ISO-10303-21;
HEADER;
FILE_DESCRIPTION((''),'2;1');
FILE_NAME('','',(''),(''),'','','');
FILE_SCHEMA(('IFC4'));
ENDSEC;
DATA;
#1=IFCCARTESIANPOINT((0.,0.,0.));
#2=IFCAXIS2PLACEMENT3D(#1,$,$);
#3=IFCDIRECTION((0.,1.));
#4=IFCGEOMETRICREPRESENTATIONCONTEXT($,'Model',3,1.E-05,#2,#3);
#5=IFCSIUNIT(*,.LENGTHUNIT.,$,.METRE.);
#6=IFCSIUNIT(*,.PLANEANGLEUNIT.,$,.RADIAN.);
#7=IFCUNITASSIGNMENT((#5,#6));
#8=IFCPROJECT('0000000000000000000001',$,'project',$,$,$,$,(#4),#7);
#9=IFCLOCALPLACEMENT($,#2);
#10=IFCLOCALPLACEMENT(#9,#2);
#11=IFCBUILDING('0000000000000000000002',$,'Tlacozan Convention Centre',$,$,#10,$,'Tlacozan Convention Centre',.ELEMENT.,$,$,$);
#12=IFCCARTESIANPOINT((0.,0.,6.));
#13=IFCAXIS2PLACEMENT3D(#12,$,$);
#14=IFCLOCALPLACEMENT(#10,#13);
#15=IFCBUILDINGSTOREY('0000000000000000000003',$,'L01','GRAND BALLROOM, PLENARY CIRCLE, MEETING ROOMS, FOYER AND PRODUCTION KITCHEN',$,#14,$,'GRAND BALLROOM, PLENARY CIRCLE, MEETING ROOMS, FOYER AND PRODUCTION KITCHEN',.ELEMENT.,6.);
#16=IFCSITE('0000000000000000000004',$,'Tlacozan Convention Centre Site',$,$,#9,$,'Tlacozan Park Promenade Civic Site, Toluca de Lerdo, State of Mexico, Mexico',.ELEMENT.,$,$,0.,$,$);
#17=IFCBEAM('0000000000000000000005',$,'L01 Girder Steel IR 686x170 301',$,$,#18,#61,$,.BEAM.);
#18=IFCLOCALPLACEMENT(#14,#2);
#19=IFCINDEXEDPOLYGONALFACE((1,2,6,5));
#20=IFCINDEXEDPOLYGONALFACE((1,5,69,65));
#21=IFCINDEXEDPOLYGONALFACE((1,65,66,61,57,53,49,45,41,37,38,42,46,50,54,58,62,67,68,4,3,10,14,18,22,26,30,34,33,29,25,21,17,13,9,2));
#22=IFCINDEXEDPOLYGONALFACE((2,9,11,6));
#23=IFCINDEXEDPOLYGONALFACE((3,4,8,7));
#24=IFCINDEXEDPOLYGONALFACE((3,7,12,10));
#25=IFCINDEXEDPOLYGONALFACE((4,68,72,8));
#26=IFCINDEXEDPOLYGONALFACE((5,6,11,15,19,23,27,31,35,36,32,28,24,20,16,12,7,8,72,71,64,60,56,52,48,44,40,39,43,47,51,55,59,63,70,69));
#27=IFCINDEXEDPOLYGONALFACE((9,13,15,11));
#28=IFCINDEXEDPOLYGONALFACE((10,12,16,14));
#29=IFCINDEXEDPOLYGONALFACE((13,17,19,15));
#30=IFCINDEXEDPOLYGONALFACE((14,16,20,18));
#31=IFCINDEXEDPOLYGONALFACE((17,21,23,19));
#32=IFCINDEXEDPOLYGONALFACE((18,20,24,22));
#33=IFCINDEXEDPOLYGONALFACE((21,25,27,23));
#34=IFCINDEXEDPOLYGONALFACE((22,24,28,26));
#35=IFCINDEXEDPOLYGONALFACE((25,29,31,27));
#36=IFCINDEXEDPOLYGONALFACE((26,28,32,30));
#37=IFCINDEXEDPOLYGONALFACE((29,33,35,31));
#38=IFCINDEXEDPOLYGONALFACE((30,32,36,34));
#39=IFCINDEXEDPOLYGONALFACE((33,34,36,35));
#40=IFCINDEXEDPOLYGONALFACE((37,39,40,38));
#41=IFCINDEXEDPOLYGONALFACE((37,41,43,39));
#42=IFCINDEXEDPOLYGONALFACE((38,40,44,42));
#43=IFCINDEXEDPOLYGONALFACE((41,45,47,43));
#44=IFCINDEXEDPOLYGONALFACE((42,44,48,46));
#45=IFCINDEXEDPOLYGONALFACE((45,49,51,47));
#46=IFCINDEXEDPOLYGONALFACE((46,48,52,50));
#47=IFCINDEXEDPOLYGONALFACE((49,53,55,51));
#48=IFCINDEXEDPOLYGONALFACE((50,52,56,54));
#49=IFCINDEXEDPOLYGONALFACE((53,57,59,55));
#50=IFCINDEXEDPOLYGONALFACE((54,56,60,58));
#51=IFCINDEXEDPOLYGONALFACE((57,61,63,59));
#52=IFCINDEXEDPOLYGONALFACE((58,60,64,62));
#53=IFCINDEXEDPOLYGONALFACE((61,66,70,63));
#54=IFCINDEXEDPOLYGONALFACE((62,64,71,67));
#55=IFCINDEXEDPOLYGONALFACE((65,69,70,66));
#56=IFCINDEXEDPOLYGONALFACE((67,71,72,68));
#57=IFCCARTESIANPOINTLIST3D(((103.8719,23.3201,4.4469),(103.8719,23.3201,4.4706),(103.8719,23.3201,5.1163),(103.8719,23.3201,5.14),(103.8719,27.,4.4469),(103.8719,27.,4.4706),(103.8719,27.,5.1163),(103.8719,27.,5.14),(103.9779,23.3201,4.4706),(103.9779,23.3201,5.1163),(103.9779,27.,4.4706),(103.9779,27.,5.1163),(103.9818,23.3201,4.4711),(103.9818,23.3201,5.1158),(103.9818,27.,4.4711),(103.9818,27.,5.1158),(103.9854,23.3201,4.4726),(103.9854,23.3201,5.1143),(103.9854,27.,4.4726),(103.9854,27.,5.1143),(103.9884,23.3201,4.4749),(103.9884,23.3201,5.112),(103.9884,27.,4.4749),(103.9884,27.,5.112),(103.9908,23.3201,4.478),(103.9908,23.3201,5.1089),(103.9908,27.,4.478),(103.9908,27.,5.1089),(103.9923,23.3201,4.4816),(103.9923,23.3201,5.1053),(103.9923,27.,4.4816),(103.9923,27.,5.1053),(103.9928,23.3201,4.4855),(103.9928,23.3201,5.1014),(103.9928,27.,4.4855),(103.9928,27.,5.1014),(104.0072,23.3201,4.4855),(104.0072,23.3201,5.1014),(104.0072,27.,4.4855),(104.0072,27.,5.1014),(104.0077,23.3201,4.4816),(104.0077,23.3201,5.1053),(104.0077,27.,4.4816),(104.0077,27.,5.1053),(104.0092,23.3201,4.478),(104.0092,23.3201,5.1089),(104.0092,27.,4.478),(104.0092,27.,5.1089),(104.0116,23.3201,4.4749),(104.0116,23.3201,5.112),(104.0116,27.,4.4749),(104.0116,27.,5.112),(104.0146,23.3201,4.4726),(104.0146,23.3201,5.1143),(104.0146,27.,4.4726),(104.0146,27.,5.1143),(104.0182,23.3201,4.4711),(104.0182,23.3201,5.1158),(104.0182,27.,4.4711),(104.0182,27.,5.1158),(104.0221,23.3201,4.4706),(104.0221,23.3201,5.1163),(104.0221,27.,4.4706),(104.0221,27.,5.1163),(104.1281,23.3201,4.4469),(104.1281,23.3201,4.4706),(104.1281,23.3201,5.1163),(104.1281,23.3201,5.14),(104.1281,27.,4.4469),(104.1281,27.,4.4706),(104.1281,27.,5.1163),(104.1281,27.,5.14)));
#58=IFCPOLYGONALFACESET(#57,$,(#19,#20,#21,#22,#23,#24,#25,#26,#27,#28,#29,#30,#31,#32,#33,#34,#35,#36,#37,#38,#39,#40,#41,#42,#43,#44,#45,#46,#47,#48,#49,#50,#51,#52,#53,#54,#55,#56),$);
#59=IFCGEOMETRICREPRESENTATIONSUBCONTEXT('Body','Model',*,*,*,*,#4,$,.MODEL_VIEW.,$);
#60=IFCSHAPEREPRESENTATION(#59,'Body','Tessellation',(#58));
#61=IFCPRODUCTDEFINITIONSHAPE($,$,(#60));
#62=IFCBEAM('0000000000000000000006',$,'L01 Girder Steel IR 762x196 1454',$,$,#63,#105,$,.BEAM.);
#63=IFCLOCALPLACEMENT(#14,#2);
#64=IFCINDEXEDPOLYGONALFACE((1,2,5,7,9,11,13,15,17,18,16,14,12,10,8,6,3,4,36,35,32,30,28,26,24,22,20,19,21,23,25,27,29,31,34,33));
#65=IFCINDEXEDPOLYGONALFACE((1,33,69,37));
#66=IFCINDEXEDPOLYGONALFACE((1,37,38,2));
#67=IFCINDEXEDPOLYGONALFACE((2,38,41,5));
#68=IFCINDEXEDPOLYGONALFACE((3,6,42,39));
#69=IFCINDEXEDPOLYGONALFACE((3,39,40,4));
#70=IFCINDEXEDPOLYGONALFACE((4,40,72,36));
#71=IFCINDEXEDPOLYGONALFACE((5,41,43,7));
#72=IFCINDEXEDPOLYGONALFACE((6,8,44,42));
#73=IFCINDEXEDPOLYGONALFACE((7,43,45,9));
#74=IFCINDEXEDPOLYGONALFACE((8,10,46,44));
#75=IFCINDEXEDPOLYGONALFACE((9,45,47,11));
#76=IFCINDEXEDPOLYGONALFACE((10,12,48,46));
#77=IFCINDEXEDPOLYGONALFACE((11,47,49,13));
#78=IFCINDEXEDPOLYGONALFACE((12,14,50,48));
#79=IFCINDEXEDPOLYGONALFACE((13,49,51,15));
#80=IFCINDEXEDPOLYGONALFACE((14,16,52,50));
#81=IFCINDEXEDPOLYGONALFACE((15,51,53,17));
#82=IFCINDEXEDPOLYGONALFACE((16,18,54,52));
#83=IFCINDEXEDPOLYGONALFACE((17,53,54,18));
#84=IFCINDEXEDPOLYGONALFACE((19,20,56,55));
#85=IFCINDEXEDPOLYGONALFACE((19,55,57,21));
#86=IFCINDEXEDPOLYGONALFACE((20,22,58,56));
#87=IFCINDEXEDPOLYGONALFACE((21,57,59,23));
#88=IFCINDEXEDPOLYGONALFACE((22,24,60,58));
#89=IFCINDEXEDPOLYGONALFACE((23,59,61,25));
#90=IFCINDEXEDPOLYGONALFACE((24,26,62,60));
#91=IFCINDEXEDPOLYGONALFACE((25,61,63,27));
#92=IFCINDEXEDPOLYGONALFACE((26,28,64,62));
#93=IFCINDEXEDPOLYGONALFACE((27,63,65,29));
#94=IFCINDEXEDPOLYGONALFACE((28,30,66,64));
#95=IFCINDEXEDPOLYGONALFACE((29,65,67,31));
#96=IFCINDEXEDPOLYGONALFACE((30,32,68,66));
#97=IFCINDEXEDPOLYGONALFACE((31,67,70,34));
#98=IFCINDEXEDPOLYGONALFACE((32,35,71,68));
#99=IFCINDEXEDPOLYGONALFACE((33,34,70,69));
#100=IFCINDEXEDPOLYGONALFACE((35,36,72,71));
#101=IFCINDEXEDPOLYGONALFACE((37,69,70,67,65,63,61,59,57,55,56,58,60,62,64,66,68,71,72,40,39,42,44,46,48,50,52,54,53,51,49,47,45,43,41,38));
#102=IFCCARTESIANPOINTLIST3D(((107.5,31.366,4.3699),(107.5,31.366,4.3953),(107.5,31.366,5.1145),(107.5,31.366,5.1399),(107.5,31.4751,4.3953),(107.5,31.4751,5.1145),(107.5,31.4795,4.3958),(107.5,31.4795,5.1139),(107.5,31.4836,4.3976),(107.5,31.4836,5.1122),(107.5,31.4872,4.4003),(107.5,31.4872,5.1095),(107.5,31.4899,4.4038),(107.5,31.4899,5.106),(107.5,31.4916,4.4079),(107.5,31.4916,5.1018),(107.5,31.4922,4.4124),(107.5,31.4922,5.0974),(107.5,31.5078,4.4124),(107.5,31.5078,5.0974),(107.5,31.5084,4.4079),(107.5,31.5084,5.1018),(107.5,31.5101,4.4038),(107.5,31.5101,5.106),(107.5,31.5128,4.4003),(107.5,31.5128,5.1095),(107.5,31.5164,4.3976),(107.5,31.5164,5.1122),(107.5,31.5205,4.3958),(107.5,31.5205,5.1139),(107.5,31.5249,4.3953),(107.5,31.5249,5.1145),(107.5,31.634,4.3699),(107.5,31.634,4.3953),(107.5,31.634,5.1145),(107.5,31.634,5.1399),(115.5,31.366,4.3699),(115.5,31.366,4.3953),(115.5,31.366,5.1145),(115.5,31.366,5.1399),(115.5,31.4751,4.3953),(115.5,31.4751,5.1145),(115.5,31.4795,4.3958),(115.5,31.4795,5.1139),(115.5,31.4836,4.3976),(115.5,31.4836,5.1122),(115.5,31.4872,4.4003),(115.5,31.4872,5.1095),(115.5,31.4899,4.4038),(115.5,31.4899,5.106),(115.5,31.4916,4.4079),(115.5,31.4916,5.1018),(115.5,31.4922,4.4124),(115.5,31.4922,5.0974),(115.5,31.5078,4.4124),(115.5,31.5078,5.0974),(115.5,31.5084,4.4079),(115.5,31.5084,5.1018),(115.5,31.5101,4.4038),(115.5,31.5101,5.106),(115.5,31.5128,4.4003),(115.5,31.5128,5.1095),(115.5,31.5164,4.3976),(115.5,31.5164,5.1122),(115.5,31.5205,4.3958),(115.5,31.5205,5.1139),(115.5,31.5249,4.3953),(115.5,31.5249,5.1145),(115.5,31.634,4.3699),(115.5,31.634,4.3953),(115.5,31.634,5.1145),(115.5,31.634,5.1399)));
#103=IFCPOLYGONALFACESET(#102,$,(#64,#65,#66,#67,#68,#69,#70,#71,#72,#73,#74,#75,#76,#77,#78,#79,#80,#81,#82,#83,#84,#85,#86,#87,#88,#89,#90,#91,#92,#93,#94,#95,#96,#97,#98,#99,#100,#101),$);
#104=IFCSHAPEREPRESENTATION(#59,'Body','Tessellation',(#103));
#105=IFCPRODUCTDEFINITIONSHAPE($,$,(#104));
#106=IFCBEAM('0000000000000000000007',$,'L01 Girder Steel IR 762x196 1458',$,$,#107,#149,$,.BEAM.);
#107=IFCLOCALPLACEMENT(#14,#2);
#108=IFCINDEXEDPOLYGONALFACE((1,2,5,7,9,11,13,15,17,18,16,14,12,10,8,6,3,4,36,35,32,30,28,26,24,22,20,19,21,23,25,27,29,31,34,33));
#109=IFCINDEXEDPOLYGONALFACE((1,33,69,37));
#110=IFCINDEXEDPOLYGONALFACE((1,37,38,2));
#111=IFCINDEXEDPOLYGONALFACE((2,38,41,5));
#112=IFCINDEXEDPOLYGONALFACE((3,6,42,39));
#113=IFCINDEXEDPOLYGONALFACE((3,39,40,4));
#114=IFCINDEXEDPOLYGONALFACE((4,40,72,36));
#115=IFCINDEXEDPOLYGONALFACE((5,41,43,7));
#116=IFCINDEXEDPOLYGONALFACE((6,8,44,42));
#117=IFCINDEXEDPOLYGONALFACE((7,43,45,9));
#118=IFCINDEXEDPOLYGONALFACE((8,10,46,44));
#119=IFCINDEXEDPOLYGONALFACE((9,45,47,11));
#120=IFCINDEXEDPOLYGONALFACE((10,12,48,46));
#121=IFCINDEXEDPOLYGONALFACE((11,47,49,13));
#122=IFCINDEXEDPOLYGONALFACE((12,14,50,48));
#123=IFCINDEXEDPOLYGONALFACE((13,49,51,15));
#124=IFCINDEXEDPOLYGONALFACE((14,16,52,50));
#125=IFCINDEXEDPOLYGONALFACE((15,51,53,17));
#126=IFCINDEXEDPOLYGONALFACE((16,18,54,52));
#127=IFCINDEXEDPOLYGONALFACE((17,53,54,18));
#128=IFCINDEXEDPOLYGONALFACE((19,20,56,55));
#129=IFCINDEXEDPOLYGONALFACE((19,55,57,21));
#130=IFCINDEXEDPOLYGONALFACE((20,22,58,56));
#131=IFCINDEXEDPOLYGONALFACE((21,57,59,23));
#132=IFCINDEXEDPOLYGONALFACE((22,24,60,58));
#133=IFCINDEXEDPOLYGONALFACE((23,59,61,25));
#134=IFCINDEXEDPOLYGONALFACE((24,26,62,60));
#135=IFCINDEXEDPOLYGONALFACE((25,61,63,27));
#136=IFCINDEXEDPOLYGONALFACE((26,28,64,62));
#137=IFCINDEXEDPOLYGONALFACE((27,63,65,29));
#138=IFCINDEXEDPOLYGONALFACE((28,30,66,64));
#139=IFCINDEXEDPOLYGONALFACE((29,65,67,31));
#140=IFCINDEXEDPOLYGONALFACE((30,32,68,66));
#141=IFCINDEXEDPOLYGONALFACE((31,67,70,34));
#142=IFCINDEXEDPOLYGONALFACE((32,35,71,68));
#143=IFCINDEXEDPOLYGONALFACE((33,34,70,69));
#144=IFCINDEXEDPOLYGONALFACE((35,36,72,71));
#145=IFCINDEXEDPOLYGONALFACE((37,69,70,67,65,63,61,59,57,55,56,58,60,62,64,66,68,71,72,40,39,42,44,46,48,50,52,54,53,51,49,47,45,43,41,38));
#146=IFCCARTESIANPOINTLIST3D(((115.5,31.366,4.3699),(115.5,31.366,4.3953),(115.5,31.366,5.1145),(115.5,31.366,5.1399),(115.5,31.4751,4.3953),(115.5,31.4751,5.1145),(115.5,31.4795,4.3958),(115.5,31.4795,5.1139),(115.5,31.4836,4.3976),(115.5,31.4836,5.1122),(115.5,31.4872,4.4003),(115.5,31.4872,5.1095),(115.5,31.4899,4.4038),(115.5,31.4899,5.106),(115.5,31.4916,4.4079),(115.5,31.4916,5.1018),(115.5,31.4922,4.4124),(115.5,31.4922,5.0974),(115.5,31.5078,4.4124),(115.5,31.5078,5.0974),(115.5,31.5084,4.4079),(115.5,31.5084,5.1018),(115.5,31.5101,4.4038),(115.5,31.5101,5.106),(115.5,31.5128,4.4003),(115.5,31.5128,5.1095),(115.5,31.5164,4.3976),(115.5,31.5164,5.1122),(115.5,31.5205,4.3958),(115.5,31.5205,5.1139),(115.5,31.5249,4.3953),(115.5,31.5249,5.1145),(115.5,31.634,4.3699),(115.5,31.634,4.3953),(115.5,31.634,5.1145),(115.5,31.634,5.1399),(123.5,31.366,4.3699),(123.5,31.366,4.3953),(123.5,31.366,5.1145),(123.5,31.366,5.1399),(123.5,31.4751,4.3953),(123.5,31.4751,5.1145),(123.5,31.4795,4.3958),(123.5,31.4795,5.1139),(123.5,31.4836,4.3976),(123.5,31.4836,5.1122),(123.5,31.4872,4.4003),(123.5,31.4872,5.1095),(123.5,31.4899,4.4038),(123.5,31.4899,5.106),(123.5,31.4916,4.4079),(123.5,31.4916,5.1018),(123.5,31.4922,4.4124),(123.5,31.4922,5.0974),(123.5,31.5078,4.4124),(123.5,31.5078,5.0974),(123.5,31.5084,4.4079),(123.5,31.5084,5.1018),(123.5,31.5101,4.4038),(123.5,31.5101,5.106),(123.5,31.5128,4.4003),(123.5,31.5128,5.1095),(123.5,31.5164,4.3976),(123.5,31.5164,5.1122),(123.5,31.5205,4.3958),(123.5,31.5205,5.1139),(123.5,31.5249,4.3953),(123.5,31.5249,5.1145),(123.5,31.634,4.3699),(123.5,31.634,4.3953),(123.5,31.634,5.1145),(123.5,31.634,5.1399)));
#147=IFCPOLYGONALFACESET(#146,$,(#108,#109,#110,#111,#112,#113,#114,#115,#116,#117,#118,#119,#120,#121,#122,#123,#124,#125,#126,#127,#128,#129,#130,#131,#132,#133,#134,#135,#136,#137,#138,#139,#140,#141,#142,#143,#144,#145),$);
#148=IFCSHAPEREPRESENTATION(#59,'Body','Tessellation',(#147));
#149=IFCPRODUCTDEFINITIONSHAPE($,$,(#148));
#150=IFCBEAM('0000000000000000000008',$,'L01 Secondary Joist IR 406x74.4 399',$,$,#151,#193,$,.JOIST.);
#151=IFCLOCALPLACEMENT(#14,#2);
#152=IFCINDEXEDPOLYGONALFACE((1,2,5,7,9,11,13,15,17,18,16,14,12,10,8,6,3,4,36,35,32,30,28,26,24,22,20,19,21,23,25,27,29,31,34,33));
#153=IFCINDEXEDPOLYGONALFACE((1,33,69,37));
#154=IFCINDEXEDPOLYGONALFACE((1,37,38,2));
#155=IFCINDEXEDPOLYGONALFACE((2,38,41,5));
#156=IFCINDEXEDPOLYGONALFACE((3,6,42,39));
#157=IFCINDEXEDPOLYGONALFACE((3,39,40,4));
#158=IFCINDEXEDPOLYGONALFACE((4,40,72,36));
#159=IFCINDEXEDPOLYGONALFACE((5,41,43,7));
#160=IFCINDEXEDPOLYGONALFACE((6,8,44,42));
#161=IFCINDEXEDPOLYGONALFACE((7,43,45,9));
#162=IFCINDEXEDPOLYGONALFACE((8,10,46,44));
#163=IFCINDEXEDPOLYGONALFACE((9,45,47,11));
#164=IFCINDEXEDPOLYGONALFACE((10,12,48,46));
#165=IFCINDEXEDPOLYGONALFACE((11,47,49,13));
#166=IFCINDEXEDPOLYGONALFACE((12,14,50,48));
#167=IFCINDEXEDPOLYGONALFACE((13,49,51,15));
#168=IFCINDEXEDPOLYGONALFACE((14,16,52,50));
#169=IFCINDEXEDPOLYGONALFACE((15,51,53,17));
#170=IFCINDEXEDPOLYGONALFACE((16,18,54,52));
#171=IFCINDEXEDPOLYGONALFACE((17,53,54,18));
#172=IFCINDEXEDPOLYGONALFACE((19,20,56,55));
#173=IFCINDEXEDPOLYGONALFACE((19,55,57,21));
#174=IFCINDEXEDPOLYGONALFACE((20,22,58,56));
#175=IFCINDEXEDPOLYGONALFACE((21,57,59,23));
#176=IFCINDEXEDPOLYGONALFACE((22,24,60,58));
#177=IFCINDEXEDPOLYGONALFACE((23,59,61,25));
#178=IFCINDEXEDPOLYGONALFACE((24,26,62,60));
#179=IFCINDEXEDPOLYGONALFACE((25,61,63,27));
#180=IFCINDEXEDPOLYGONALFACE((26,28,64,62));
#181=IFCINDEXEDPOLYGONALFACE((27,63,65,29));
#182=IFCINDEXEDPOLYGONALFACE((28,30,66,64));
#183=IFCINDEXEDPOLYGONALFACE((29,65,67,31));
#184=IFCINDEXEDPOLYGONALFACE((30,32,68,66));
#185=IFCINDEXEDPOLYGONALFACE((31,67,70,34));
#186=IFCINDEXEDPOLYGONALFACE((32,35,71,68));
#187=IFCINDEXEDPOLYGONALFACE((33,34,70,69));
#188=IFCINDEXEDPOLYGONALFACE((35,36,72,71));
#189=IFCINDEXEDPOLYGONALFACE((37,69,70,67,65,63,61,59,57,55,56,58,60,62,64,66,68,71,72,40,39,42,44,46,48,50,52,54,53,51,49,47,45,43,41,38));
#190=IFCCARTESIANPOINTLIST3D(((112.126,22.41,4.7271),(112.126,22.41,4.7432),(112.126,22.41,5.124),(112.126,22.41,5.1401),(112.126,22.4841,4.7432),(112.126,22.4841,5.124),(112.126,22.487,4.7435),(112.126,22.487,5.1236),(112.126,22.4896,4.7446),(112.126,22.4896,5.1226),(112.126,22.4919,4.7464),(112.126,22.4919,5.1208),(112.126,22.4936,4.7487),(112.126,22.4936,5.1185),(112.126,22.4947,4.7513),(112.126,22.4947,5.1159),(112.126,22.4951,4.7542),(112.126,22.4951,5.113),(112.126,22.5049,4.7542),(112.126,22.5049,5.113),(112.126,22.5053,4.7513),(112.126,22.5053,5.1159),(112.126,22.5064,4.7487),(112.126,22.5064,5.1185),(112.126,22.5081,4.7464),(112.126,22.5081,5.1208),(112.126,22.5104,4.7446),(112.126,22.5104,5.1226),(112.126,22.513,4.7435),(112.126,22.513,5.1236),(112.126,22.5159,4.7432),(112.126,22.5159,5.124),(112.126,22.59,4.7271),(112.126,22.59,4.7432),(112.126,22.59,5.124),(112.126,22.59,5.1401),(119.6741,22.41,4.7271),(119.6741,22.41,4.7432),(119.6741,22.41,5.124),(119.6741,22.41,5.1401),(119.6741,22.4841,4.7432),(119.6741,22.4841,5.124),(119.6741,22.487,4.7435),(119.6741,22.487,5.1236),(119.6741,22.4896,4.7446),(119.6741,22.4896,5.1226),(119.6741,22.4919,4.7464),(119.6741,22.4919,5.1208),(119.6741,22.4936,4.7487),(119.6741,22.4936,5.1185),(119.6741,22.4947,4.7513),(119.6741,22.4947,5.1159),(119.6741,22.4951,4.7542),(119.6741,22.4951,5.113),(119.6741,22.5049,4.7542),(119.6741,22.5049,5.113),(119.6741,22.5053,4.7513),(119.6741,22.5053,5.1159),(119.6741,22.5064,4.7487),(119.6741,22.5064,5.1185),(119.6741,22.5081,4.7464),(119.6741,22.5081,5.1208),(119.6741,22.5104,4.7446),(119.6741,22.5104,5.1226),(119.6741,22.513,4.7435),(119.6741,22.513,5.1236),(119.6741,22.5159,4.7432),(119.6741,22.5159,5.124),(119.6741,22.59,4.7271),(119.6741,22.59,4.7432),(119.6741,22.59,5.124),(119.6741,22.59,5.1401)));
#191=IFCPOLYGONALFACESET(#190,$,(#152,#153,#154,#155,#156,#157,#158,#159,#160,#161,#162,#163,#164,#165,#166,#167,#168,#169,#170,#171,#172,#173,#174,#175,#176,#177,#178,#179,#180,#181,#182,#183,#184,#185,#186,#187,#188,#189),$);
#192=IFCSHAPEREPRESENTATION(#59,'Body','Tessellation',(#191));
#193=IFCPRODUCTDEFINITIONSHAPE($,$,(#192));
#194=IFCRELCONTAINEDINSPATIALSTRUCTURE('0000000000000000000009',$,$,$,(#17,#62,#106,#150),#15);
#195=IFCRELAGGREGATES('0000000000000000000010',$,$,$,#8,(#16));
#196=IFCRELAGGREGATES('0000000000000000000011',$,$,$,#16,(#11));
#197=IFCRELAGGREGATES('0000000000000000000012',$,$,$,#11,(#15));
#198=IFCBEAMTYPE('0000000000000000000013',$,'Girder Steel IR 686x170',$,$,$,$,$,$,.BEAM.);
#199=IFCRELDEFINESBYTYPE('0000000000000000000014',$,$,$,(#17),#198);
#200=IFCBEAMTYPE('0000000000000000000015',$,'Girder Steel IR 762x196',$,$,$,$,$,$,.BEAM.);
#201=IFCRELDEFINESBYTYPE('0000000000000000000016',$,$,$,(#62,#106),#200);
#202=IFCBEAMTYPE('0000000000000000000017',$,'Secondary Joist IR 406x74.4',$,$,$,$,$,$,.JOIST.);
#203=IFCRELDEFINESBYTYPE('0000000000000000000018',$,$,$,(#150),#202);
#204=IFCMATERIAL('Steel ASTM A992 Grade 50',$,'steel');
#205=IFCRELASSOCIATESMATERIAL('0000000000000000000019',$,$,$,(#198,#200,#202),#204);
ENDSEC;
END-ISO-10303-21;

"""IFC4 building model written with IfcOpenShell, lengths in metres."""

from ifc_helpers import new_model, si_unit, direction, frame, origin, origin_2d, place, context, subcontext, project, spatial, i_section, extrude, material, material_profile, profile_set, type_object, element, save


model = new_model("IFC4")

# Units and contexts
model_context = context("Model", 3, precision=1e-05, world=origin(), true_north=direction((0.0, 1.0)))
body_context = subcontext(model_context, "Body", "Model", "MODEL_VIEW")
ifc_project = project(units=[si_unit("LENGTHUNIT", "METRE"), si_unit("PLANEANGLEUNIT", "RADIAN")], contexts=[model_context])

# Site, building, storey
site_placement = place(None, origin())
site = spatial("IfcSite", under=ifc_project, at=site_placement, Name="Tlacozan Convention Centre Site", LongName="Tlacozan Park Promenade Civic Site, Toluca de Lerdo, State of Mexico, Mexico", CompositionType="ELEMENT", RefElevation=0.0)
building_placement = place(site_placement, origin())
building = spatial("IfcBuilding", under=site, at=building_placement, Name="Tlacozan Convention Centre", LongName="Tlacozan Convention Centre", CompositionType="ELEMENT")
storey_placement = place(building_placement, frame((0.0, 0.0, 6.0)))
storey = spatial("IfcBuildingStorey", under=building, at=storey_placement, Name="L01", Description="GRAND BALLROOM, PLENARY CIRCLE, MEETING ROOMS, FOYER AND PRODUCTION KITCHEN", LongName="GRAND BALLROOM, PLENARY CIRCLE, MEETING ROOMS, FOYER AND PRODUCTION KITCHEN", CompositionType="ELEMENT", Elevation=6.0)

# Shared definitions
ifc_material_1 = material(Name="Steel ASTM A992 Grade 50", Category="steel")

# Beams
ifc_material_profile_1 = material_profile(ifc_material_1, i_section(OverallWidth=0.2561, OverallDepth=0.6931, WebThickness=0.0144, FlangeThickness=0.0237, FilletRadius=0.0149, at=origin_2d()), Name="IR 686x170.0")
ifc_profile_set_1 = profile_set([ifc_material_profile_1], Name="Steel ASTM A992 Grade 50")
beam_type_1 = type_object("IfcBeamType", Name="Girder Steel IR 686x170", PredefinedType="BEAM", material=ifc_profile_set_1)
beam_1_placement = place(storey_placement, frame((104.0, 23.3201, 4.7935), z_axis=(0.0, 1.0, 0.0), x_axis=(-1.0, 0.0, 0.0)))
element("IfcBeam", 1, at=beam_1_placement, inside=storey, type_object=beam_type_1, Name="L01 Girder Steel IR 686x170 301", PredefinedType="BEAM", context=body_context, shape_type="SweptSolid", body=[
    extrude(i_section(OverallWidth=0.2561, OverallDepth=0.6931, WebThickness=0.0144, FlangeThickness=0.0237, FilletRadius=0.0149, at=origin_2d()), origin(), (0.0, 0.0, 1.0), 3.6799),
])
ifc_material_profile_2 = material_profile(ifc_material_1, i_section(OverallWidth=0.2681, OverallDepth=0.77, WebThickness=0.0156, FlangeThickness=0.0254, FilletRadius=0.0171, at=origin_2d()), Name="IR 762x196.0")
ifc_profile_set_2 = profile_set([ifc_material_profile_2], Name="Steel ASTM A992 Grade 50")
beam_type_2 = type_object("IfcBeamType", Name="Girder Steel IR 762x196", PredefinedType="BEAM", material=ifc_profile_set_2)
for number, where, z_axis, x_axis, name in (
    (2, (107.5, 31.5, 4.7549), (1.0, 0.0, 0.0), (0.0, 1.0, 0.0), "L01 Girder Steel IR 762x196 1454"),
    (3, (115.5, 31.5, 4.7549), (1.0, 0.0, 0.0), (0.0, 1.0, 0.0), "L01 Girder Steel IR 762x196 1458"),
):
    element("IfcBeam", number, at=place(storey_placement, frame(where, z_axis=z_axis, x_axis=x_axis)), inside=storey, type_object=beam_type_2, Name=name, PredefinedType="BEAM", context=body_context, shape_type="SweptSolid", body=[
        extrude(i_section(OverallWidth=0.2681, OverallDepth=0.77, WebThickness=0.0156, FlangeThickness=0.0254, FilletRadius=0.0171, at=origin_2d()), origin(), (0.0, 0.0, 1.0), 8.0),
    ])
ifc_material_profile_3 = material_profile(ifc_material_1, i_section(OverallWidth=0.1799, OverallDepth=0.4131, WebThickness=0.0098, FlangeThickness=0.0161, FilletRadius=0.011, at=origin_2d()), Name="IR 406x74.4")
ifc_profile_set_3 = profile_set([ifc_material_profile_3], Name="Steel ASTM A992 Grade 50")
beam_type_3 = type_object("IfcBeamType", Name="Secondary Joist IR 406x74.4", PredefinedType="JOIST", material=ifc_profile_set_3)
beam_2_placement = place(storey_placement, frame((112.126, 22.5, 4.9336), z_axis=(1.0, 0.0, 0.0), x_axis=(0.0, 1.0, 0.0)))
element("IfcBeam", 4, at=beam_2_placement, inside=storey, type_object=beam_type_3, Name="L01 Secondary Joist IR 406x74.4 399", PredefinedType="JOIST", context=body_context, shape_type="SweptSolid", body=[
    extrude(i_section(OverallWidth=0.1799, OverallDepth=0.4131, WebThickness=0.0098, FlangeThickness=0.0161, FilletRadius=0.011, at=origin_2d()), origin(), (0.0, 0.0, 1.0), 7.5481),
])

save(model, "model.ifc")
